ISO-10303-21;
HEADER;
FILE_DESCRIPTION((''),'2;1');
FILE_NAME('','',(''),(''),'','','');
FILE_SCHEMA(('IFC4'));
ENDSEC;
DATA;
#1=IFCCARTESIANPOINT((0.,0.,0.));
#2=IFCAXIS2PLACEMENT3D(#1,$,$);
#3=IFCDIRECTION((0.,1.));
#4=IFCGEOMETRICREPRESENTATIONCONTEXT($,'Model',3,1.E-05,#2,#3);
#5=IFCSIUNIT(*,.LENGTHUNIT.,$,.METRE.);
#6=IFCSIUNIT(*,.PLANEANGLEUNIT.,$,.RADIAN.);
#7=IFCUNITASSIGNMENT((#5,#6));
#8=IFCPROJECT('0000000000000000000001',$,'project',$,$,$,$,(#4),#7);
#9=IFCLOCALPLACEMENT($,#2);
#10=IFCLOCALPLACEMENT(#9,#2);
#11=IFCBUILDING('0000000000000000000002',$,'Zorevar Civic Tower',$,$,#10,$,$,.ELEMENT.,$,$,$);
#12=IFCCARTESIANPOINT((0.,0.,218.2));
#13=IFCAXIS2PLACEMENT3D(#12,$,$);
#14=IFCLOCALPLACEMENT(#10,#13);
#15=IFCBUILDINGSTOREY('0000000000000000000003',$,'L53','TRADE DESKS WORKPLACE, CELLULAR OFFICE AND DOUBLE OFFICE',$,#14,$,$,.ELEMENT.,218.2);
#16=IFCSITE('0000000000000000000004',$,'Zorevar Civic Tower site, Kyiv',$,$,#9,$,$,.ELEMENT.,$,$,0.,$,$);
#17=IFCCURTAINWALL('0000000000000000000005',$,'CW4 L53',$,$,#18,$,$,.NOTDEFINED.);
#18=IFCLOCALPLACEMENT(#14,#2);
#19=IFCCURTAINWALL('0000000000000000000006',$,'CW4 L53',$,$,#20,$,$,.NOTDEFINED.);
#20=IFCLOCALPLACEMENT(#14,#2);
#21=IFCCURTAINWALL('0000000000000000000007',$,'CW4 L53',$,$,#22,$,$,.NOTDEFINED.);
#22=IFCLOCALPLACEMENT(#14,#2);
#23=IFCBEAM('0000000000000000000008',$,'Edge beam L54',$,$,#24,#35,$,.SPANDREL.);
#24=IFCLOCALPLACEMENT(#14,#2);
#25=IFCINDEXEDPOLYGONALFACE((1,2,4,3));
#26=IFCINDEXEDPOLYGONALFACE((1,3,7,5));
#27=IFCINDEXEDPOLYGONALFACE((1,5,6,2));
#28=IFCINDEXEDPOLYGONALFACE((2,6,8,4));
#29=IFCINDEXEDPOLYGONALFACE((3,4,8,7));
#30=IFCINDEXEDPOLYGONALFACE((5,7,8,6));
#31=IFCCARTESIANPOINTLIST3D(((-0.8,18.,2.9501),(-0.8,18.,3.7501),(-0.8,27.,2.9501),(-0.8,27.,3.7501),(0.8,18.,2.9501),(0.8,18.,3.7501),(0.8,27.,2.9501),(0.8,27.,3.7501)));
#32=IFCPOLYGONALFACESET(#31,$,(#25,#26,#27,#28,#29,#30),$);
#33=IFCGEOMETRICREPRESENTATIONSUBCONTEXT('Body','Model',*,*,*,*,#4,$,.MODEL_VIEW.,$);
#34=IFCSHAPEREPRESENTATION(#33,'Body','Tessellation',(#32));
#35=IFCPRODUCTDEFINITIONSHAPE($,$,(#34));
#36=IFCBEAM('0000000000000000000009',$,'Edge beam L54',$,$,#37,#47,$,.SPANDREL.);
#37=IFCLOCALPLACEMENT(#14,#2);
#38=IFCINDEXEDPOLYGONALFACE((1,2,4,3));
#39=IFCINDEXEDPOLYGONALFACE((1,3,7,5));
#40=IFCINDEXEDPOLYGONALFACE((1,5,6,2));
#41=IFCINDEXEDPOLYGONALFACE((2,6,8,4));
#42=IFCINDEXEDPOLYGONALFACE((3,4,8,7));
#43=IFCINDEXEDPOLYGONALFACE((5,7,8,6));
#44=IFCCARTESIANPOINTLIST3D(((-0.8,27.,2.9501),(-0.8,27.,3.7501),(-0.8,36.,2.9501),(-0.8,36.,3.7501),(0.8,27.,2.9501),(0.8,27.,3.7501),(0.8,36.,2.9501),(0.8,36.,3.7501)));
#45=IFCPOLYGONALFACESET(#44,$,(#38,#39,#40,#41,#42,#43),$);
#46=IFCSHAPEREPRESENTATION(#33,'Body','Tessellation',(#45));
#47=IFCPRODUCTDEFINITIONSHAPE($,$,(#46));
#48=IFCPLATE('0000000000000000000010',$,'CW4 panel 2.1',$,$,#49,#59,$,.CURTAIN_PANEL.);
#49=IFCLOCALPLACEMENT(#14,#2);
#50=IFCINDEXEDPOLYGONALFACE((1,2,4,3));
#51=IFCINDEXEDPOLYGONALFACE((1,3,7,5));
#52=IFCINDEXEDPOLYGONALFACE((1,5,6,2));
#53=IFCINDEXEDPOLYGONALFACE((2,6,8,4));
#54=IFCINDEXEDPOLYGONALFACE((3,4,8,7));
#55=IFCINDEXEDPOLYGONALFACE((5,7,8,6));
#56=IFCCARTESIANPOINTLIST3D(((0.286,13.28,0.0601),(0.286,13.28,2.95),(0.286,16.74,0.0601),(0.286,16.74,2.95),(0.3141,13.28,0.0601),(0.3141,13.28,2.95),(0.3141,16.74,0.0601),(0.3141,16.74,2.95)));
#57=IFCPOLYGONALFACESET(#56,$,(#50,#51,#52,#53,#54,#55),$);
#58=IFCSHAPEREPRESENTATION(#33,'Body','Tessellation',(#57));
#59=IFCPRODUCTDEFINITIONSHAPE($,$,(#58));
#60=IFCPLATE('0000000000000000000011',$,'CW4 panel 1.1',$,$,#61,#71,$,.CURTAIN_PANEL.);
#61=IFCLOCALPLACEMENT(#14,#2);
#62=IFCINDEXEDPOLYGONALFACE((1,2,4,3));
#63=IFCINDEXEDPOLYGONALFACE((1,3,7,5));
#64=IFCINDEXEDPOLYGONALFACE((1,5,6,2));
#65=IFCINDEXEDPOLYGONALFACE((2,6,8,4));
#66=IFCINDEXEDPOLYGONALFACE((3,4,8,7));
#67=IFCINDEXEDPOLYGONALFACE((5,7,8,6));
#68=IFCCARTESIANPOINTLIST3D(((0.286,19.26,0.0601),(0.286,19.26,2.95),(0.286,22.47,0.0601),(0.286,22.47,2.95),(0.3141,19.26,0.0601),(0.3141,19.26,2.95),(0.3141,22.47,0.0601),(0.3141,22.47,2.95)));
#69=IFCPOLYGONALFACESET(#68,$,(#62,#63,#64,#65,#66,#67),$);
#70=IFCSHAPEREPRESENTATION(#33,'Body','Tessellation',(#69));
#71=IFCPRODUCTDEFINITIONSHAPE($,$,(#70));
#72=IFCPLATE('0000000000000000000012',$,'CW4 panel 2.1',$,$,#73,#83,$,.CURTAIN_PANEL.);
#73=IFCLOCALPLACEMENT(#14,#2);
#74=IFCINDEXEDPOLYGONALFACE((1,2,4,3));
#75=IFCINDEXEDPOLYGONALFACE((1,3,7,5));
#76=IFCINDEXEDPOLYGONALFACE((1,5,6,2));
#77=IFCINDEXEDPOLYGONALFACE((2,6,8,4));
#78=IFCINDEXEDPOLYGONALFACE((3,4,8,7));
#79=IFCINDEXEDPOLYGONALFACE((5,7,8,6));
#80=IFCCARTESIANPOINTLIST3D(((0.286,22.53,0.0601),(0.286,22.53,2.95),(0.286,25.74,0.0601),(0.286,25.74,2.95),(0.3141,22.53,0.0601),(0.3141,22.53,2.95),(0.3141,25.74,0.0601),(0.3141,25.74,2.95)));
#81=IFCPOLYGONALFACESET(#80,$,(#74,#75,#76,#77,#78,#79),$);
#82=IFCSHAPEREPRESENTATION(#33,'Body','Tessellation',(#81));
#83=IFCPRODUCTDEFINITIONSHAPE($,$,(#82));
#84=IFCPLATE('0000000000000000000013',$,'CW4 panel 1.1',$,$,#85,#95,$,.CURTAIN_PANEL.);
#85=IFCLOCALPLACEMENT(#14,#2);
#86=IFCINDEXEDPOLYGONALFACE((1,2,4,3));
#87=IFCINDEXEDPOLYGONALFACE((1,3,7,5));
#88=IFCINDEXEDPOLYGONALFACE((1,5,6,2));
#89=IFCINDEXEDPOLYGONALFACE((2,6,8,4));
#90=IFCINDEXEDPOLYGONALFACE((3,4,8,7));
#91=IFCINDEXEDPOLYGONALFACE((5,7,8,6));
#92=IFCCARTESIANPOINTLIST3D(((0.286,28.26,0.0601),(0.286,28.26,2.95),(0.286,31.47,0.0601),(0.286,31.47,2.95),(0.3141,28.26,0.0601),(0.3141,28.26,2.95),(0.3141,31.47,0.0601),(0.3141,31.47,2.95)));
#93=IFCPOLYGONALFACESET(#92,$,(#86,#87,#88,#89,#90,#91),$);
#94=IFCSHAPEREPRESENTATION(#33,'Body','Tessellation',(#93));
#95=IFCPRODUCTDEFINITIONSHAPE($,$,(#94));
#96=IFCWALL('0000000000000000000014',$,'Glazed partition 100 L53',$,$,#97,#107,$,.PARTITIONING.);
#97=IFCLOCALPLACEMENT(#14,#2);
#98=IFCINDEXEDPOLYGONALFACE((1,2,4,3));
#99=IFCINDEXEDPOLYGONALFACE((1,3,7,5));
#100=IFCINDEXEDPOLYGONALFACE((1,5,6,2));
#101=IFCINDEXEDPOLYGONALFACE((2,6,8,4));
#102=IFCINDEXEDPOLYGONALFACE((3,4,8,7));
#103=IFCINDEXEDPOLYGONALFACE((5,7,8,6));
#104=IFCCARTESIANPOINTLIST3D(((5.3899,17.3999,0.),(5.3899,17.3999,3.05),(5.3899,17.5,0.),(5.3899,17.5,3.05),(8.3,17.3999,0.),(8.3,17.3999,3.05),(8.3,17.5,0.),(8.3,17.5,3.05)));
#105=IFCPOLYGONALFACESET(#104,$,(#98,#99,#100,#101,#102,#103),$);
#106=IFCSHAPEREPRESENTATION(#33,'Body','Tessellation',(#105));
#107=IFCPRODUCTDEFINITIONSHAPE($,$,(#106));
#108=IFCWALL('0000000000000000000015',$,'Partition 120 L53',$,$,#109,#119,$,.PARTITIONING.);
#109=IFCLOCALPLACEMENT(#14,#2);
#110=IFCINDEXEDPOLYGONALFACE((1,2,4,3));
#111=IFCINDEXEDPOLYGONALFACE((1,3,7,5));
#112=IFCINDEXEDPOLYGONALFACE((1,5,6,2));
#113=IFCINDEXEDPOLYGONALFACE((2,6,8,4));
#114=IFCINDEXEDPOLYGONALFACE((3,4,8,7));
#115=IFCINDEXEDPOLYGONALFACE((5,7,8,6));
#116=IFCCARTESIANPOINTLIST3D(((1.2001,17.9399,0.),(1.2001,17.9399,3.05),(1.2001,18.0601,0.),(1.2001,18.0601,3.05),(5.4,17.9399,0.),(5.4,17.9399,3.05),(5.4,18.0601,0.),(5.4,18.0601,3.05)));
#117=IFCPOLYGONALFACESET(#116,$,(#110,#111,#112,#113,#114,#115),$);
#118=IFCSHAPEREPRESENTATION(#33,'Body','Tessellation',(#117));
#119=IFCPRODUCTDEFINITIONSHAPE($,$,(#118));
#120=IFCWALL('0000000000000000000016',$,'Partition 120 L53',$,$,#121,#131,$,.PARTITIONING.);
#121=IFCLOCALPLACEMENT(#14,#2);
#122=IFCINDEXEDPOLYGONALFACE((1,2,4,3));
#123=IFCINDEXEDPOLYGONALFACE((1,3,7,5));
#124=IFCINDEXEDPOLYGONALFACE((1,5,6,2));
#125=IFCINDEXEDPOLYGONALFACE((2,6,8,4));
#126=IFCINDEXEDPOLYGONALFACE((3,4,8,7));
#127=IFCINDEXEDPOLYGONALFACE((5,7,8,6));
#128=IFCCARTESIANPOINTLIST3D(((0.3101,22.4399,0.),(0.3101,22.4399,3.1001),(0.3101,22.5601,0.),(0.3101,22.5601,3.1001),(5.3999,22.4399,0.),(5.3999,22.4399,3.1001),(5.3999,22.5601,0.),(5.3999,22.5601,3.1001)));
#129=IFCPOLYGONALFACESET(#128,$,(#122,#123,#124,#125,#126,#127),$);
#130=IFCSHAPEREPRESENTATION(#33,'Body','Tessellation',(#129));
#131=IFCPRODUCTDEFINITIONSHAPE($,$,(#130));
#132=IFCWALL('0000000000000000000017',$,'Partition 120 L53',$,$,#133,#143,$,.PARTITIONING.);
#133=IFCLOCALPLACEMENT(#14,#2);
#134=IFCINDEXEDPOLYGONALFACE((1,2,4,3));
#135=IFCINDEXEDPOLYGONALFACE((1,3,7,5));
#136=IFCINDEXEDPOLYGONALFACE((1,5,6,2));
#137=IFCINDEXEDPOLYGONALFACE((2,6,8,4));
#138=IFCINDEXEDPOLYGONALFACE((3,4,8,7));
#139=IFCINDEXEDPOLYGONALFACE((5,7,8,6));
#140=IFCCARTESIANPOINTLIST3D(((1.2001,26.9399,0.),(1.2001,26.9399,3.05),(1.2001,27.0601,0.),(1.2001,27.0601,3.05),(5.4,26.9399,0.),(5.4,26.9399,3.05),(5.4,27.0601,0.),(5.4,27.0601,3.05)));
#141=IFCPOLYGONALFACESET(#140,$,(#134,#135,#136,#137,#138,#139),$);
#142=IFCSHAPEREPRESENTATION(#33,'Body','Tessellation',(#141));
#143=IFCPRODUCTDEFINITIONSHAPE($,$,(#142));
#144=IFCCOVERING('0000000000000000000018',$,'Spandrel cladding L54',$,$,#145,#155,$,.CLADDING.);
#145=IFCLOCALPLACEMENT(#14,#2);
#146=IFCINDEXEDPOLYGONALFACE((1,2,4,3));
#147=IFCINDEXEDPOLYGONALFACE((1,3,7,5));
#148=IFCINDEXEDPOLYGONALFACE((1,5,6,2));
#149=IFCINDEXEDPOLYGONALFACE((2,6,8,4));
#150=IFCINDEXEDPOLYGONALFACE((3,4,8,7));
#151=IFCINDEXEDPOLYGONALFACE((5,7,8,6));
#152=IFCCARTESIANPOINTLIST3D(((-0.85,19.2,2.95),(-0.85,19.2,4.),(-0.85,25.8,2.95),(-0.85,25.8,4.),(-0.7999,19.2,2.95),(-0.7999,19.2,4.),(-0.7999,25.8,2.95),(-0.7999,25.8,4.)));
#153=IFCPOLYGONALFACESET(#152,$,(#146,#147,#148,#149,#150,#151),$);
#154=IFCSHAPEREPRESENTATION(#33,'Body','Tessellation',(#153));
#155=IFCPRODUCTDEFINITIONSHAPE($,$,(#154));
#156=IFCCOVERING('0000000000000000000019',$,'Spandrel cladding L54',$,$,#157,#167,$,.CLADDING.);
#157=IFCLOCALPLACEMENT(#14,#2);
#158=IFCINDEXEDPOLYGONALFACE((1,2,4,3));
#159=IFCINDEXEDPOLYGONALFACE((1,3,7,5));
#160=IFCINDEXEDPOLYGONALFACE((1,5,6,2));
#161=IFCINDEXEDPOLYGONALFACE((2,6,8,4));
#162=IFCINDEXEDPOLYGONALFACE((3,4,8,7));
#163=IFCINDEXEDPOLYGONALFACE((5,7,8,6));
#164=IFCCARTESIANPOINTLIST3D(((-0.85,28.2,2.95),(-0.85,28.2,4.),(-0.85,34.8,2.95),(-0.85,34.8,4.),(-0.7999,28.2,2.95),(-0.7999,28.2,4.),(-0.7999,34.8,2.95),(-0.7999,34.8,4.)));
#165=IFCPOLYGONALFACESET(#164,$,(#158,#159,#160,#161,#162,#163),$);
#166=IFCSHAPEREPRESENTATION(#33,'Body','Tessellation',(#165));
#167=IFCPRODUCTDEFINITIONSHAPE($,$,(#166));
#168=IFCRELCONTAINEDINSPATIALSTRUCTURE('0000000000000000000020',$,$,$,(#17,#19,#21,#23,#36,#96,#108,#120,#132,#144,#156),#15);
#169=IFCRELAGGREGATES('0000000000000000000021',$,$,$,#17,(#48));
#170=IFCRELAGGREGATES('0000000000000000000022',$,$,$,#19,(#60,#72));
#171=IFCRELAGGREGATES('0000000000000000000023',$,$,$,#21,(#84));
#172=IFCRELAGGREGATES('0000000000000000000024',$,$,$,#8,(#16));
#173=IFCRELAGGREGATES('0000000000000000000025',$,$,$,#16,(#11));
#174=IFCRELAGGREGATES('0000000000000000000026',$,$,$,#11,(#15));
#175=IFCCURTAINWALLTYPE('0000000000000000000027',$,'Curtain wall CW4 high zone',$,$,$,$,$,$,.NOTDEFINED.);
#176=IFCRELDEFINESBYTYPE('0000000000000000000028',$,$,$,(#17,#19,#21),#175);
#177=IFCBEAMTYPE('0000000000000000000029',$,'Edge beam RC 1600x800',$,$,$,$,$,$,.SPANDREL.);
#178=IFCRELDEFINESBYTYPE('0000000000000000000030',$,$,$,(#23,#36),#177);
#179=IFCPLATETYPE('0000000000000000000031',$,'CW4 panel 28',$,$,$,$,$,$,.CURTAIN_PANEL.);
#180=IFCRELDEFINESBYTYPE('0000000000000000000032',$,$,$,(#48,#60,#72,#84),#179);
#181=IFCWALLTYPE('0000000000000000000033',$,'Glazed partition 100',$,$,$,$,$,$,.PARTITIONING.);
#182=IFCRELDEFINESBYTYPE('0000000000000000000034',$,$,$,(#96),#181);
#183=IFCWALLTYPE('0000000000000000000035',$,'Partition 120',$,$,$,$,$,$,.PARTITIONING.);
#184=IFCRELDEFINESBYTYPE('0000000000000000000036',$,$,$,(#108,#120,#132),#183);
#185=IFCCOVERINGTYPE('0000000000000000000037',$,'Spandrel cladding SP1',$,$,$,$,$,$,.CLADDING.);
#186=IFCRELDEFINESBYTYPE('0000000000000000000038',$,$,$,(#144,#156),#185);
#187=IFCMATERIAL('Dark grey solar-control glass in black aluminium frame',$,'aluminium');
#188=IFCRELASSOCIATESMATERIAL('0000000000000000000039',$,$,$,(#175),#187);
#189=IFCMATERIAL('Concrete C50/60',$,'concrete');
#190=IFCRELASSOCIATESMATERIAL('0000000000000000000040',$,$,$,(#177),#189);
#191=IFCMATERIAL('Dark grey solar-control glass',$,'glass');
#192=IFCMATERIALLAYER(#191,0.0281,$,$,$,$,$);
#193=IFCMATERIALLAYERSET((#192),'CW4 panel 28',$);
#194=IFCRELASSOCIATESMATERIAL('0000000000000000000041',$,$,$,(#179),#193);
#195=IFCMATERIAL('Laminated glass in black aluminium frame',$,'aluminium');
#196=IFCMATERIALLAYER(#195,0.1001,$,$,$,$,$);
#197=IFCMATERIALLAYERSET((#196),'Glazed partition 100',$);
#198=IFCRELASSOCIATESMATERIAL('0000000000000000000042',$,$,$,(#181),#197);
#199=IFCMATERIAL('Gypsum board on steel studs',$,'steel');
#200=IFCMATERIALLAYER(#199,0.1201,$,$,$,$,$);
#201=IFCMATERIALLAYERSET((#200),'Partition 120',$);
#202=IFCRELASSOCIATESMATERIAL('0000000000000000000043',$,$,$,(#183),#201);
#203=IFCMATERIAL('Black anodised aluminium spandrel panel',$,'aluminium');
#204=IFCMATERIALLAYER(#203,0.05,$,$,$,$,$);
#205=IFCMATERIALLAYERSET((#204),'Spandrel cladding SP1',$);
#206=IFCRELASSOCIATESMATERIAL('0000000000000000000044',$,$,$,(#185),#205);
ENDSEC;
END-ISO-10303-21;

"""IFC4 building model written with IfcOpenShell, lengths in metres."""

from ifc_helpers import new_model, si_unit, direction, frame, frame_2d, origin, origin_2d, place, context, subcontext, project, spatial, rectangle, extrude, material, layer, layer_set, material_profile, profile_set, type_object, element, aggregate, save


model = new_model("IFC4")

# Units and contexts
model_context = context("Model", 3, precision=1e-05, world=origin(), true_north=direction((0.0, 1.0)))
body_context = subcontext(model_context, "Body", "Model", "MODEL_VIEW")
ifc_project = project(units=[si_unit("LENGTHUNIT", "METRE"), si_unit("PLANEANGLEUNIT", "RADIAN")], contexts=[model_context])

# Site, building, storey
site_placement = place(None, origin())
site = spatial("IfcSite", under=ifc_project, at=site_placement, Name="Zorevar Civic Tower site, Kyiv", CompositionType="ELEMENT", RefElevation=0.0)
building_placement = place(site_placement, origin())
building = spatial("IfcBuilding", under=site, at=building_placement, Name="Zorevar Civic Tower", CompositionType="ELEMENT")
storey_placement = place(building_placement, frame((0.0, 0.0, 218.2)))
storey = spatial("IfcBuildingStorey", under=building, at=storey_placement, Name="L53", Description="TRADE DESKS WORKPLACE, CELLULAR OFFICE AND DOUBLE OFFICE", CompositionType="ELEMENT", Elevation=218.2)

# Curtain wall
ifc_material_1 = material(Name="Dark grey solar-control glass in black aluminium frame", Category="aluminium")
curtain_wall_type = type_object("IfcCurtainWallType", Name="Curtain wall CW4 high zone", PredefinedType="NOTDEFINED", material=ifc_material_1)
curtain_wall_1_placement = place(storey_placement, origin())
curtain_wall_1 = element("IfcCurtainWall", 1, at=curtain_wall_1_placement, inside=storey, type_object=curtain_wall_type, Name="CW4 L53", PredefinedType="NOTDEFINED")

# Curtain wall
curtain_wall_2_placement = place(storey_placement, origin())
curtain_wall_2 = element("IfcCurtainWall", 2, at=curtain_wall_2_placement, inside=storey, type_object=curtain_wall_type, Name="CW4 L53", PredefinedType="NOTDEFINED")

# Curtain wall
curtain_wall_3_placement = place(storey_placement, origin())
curtain_wall_3 = element("IfcCurtainWall", 3, at=curtain_wall_3_placement, inside=storey, type_object=curtain_wall_type, Name="CW4 L53", PredefinedType="NOTDEFINED")

# Beams
ifc_material_2 = material(Name="Concrete C50/60", Category="concrete")
ifc_material_profile_1 = material_profile(ifc_material_2, rectangle(XDim=1.6001, YDim=0.8, at=origin_2d()), Name="RC 1600x800")
ifc_profile_set_1 = profile_set([ifc_material_profile_1], Name="Concrete C50/60")
beam_type_1 = type_object("IfcBeamType", Name="Edge beam RC 1600x800", PredefinedType="SPANDREL", material=ifc_profile_set_1)
for number, where, z_axis, x_axis, name in (
    (4, (0.0, 18.0, 3.3501), (0.0, 1.0, 0.0), (-1.0, 0.0, 0.0), "Edge beam L54"),
    (5, (0.0, 27.0, 3.3501), (0.0, 1.0, 0.0), (-1.0, 0.0, 0.0), "Edge beam L54"),
):
    element("IfcBeam", number, at=place(storey_placement, frame(where, z_axis=z_axis, x_axis=x_axis)), inside=storey, type_object=beam_type_1, Name=name, PredefinedType="SPANDREL", context=body_context, shape_type="SweptSolid", body=[
        extrude(rectangle(XDim=1.6001, YDim=0.8, at=origin_2d()), origin(), (0.0, 0.0, 1.0), 9.0),
    ])

# Plates
ifc_material_3 = material(Name="Dark grey solar-control glass", Category="glass")
ifc_layer_1 = layer(ifc_material_3, 0.0281)
ifc_layer_set_1 = layer_set([ifc_layer_1], Name="CW4 panel 28")
plate_type = type_object("IfcPlateType", Name="CW4 panel 28", PredefinedType="CURTAIN_PANEL", material=ifc_layer_set_1)
plate_1_placement = place(storey_placement, frame((0.3, 15.01, 0.0601), z_axis=(0.0, 0.0, 1.0), x_axis=(0.0, 1.0, 0.0)))
plate_1 = element("IfcPlate", 6, at=plate_1_placement, type_object=plate_type, Name="CW4 panel 2.1", PredefinedType="CURTAIN_PANEL", context=body_context, shape_type="SweptSolid", body=[
    extrude(rectangle(XDim=3.46, YDim=0.0281, at=origin_2d()), origin(), (0.0, 0.0, 1.0), 2.8899),
])
aggregate(curtain_wall_1, [plate_1])
plate_2_placement = place(storey_placement, frame((0.3, 20.865, 0.0601), z_axis=(0.0, 0.0, 1.0), x_axis=(0.0, 1.0, 0.0)))
plate_2 = element("IfcPlate", 7, at=plate_2_placement, type_object=plate_type, Name="CW4 panel 1.1", PredefinedType="CURTAIN_PANEL", context=body_context, shape_type="SweptSolid", body=[
    extrude(rectangle(XDim=3.21, YDim=0.0281, at=origin_2d()), origin(), (0.0, 0.0, 1.0), 2.8899),
])
plate_3_placement = place(storey_placement, frame((0.3, 24.135, 0.0601), z_axis=(0.0, 0.0, 1.0), x_axis=(0.0, 1.0, 0.0)))
plate_3 = element("IfcPlate", 8, at=plate_3_placement, type_object=plate_type, Name="CW4 panel 2.1", PredefinedType="CURTAIN_PANEL", context=body_context, shape_type="SweptSolid", body=[
    extrude(rectangle(XDim=3.21, YDim=0.0281, at=origin_2d()), origin(), (0.0, 0.0, 1.0), 2.8899),
])
aggregate(curtain_wall_2, [plate_2, plate_3])
plate_4_placement = place(storey_placement, frame((0.3, 29.865, 0.0601), z_axis=(0.0, 0.0, 1.0), x_axis=(0.0, 1.0, 0.0)))
plate_4 = element("IfcPlate", 9, at=plate_4_placement, type_object=plate_type, Name="CW4 panel 1.1", PredefinedType="CURTAIN_PANEL", context=body_context, shape_type="SweptSolid", body=[
    extrude(rectangle(XDim=3.21, YDim=0.0281, at=origin_2d()), origin(), (0.0, 0.0, 1.0), 2.8899),
])
aggregate(curtain_wall_3, [plate_4])

# Walls
ifc_material_4 = material(Name="Laminated glass in black aluminium frame", Category="aluminium")
ifc_layer_2 = layer(ifc_material_4, 0.1001)
ifc_layer_set_2 = layer_set([ifc_layer_2], Name="Glazed partition 100")
wall_type_1 = type_object("IfcWallType", Name="Glazed partition 100", PredefinedType="PARTITIONING", material=ifc_layer_set_2)
wall_1_placement = place(storey_placement, frame((5.3899, 17.45, 0.0), z_axis=(0.0, 0.0, 1.0), x_axis=(1.0, 0.0, 0.0)))
element("IfcWall", 10, at=wall_1_placement, inside=storey, type_object=wall_type_1, Name="Glazed partition 100 L53", PredefinedType="PARTITIONING", context=body_context, shape_type="SweptSolid", body=[
    extrude(rectangle(XDim=2.9102, YDim=0.1001, at=frame_2d((1.4551, 0.0))), origin(), (0.0, 0.0, 1.0), 3.05),
])
ifc_material_5 = material(Name="Gypsum board on steel studs", Category="steel")
ifc_layer_3 = layer(ifc_material_5, 0.1201)
ifc_layer_set_3 = layer_set([ifc_layer_3], Name="Partition 120")
wall_type_2 = type_object("IfcWallType", Name="Partition 120", PredefinedType="PARTITIONING", material=ifc_layer_set_3)
wall_2_placement = place(storey_placement, frame((1.2, 18.0, 0.0), z_axis=(0.0, 0.0, 1.0), x_axis=(1.0, 0.0, 0.0)))
element("IfcWall", 11, at=wall_2_placement, inside=storey, type_object=wall_type_2, Name="Partition 120 L53", PredefinedType="PARTITIONING", context=body_context, shape_type="SweptSolid", body=[
    extrude(rectangle(XDim=4.2, YDim=0.1201, at=frame_2d((2.1001, 0.0))), origin(), (0.0, 0.0, 1.0), 3.05),
])
wall_3_placement = place(storey_placement, frame((0.3101, 22.5, 0.0), z_axis=(0.0, 0.0, 1.0), x_axis=(1.0, 0.0, 0.0)))
element("IfcWall", 12, at=wall_3_placement, inside=storey, type_object=wall_type_2, Name="Partition 120 L53", PredefinedType="PARTITIONING", context=body_context, shape_type="SweptSolid", body=[
    extrude(rectangle(XDim=5.0898, YDim=0.1201, at=frame_2d((2.5449, 0.0))), origin(), (0.0, 0.0, 1.0), 3.1001),
])
wall_4_placement = place(storey_placement, frame((1.2, 27.0, 0.0), z_axis=(0.0, 0.0, 1.0), x_axis=(1.0, 0.0, 0.0)))
element("IfcWall", 13, at=wall_4_placement, inside=storey, type_object=wall_type_2, Name="Partition 120 L53", PredefinedType="PARTITIONING", context=body_context, shape_type="SweptSolid", body=[
    extrude(rectangle(XDim=4.2, YDim=0.1201, at=frame_2d((2.1001, 0.0))), origin(), (0.0, 0.0, 1.0), 3.05),
])

# Coverings
ifc_material_6 = material(Name="Black anodised aluminium spandrel panel", Category="aluminium")
ifc_layer_4 = layer(ifc_material_6, 0.05)
ifc_layer_set_4 = layer_set([ifc_layer_4], Name="Spandrel cladding SP1")
covering_type = type_object("IfcCoveringType", Name="Spandrel cladding SP1", PredefinedType="CLADDING", material=ifc_layer_set_4)
for number, where, z_axis, x_axis, name in (
    (14, (-0.825, 19.2, 2.95), (0.0, 0.0, 1.0), (0.0, 1.0, 0.0), "Spandrel cladding L54"),
    (15, (-0.825, 28.2, 2.95), (0.0, 0.0, 1.0), (0.0, 1.0, 0.0), "Spandrel cladding L54"),
):
    element("IfcCovering", number, at=place(storey_placement, frame(where, z_axis=z_axis, x_axis=x_axis)), inside=storey, type_object=covering_type, Name=name, PredefinedType="CLADDING", context=body_context, shape_type="SweptSolid", body=[
        extrude(rectangle(XDim=6.6001, YDim=0.05, at=frame_2d((3.3, 0.0))), origin(), (0.0, 0.0, 1.0), 1.05),
    ])

save(model, "model.ifc")
